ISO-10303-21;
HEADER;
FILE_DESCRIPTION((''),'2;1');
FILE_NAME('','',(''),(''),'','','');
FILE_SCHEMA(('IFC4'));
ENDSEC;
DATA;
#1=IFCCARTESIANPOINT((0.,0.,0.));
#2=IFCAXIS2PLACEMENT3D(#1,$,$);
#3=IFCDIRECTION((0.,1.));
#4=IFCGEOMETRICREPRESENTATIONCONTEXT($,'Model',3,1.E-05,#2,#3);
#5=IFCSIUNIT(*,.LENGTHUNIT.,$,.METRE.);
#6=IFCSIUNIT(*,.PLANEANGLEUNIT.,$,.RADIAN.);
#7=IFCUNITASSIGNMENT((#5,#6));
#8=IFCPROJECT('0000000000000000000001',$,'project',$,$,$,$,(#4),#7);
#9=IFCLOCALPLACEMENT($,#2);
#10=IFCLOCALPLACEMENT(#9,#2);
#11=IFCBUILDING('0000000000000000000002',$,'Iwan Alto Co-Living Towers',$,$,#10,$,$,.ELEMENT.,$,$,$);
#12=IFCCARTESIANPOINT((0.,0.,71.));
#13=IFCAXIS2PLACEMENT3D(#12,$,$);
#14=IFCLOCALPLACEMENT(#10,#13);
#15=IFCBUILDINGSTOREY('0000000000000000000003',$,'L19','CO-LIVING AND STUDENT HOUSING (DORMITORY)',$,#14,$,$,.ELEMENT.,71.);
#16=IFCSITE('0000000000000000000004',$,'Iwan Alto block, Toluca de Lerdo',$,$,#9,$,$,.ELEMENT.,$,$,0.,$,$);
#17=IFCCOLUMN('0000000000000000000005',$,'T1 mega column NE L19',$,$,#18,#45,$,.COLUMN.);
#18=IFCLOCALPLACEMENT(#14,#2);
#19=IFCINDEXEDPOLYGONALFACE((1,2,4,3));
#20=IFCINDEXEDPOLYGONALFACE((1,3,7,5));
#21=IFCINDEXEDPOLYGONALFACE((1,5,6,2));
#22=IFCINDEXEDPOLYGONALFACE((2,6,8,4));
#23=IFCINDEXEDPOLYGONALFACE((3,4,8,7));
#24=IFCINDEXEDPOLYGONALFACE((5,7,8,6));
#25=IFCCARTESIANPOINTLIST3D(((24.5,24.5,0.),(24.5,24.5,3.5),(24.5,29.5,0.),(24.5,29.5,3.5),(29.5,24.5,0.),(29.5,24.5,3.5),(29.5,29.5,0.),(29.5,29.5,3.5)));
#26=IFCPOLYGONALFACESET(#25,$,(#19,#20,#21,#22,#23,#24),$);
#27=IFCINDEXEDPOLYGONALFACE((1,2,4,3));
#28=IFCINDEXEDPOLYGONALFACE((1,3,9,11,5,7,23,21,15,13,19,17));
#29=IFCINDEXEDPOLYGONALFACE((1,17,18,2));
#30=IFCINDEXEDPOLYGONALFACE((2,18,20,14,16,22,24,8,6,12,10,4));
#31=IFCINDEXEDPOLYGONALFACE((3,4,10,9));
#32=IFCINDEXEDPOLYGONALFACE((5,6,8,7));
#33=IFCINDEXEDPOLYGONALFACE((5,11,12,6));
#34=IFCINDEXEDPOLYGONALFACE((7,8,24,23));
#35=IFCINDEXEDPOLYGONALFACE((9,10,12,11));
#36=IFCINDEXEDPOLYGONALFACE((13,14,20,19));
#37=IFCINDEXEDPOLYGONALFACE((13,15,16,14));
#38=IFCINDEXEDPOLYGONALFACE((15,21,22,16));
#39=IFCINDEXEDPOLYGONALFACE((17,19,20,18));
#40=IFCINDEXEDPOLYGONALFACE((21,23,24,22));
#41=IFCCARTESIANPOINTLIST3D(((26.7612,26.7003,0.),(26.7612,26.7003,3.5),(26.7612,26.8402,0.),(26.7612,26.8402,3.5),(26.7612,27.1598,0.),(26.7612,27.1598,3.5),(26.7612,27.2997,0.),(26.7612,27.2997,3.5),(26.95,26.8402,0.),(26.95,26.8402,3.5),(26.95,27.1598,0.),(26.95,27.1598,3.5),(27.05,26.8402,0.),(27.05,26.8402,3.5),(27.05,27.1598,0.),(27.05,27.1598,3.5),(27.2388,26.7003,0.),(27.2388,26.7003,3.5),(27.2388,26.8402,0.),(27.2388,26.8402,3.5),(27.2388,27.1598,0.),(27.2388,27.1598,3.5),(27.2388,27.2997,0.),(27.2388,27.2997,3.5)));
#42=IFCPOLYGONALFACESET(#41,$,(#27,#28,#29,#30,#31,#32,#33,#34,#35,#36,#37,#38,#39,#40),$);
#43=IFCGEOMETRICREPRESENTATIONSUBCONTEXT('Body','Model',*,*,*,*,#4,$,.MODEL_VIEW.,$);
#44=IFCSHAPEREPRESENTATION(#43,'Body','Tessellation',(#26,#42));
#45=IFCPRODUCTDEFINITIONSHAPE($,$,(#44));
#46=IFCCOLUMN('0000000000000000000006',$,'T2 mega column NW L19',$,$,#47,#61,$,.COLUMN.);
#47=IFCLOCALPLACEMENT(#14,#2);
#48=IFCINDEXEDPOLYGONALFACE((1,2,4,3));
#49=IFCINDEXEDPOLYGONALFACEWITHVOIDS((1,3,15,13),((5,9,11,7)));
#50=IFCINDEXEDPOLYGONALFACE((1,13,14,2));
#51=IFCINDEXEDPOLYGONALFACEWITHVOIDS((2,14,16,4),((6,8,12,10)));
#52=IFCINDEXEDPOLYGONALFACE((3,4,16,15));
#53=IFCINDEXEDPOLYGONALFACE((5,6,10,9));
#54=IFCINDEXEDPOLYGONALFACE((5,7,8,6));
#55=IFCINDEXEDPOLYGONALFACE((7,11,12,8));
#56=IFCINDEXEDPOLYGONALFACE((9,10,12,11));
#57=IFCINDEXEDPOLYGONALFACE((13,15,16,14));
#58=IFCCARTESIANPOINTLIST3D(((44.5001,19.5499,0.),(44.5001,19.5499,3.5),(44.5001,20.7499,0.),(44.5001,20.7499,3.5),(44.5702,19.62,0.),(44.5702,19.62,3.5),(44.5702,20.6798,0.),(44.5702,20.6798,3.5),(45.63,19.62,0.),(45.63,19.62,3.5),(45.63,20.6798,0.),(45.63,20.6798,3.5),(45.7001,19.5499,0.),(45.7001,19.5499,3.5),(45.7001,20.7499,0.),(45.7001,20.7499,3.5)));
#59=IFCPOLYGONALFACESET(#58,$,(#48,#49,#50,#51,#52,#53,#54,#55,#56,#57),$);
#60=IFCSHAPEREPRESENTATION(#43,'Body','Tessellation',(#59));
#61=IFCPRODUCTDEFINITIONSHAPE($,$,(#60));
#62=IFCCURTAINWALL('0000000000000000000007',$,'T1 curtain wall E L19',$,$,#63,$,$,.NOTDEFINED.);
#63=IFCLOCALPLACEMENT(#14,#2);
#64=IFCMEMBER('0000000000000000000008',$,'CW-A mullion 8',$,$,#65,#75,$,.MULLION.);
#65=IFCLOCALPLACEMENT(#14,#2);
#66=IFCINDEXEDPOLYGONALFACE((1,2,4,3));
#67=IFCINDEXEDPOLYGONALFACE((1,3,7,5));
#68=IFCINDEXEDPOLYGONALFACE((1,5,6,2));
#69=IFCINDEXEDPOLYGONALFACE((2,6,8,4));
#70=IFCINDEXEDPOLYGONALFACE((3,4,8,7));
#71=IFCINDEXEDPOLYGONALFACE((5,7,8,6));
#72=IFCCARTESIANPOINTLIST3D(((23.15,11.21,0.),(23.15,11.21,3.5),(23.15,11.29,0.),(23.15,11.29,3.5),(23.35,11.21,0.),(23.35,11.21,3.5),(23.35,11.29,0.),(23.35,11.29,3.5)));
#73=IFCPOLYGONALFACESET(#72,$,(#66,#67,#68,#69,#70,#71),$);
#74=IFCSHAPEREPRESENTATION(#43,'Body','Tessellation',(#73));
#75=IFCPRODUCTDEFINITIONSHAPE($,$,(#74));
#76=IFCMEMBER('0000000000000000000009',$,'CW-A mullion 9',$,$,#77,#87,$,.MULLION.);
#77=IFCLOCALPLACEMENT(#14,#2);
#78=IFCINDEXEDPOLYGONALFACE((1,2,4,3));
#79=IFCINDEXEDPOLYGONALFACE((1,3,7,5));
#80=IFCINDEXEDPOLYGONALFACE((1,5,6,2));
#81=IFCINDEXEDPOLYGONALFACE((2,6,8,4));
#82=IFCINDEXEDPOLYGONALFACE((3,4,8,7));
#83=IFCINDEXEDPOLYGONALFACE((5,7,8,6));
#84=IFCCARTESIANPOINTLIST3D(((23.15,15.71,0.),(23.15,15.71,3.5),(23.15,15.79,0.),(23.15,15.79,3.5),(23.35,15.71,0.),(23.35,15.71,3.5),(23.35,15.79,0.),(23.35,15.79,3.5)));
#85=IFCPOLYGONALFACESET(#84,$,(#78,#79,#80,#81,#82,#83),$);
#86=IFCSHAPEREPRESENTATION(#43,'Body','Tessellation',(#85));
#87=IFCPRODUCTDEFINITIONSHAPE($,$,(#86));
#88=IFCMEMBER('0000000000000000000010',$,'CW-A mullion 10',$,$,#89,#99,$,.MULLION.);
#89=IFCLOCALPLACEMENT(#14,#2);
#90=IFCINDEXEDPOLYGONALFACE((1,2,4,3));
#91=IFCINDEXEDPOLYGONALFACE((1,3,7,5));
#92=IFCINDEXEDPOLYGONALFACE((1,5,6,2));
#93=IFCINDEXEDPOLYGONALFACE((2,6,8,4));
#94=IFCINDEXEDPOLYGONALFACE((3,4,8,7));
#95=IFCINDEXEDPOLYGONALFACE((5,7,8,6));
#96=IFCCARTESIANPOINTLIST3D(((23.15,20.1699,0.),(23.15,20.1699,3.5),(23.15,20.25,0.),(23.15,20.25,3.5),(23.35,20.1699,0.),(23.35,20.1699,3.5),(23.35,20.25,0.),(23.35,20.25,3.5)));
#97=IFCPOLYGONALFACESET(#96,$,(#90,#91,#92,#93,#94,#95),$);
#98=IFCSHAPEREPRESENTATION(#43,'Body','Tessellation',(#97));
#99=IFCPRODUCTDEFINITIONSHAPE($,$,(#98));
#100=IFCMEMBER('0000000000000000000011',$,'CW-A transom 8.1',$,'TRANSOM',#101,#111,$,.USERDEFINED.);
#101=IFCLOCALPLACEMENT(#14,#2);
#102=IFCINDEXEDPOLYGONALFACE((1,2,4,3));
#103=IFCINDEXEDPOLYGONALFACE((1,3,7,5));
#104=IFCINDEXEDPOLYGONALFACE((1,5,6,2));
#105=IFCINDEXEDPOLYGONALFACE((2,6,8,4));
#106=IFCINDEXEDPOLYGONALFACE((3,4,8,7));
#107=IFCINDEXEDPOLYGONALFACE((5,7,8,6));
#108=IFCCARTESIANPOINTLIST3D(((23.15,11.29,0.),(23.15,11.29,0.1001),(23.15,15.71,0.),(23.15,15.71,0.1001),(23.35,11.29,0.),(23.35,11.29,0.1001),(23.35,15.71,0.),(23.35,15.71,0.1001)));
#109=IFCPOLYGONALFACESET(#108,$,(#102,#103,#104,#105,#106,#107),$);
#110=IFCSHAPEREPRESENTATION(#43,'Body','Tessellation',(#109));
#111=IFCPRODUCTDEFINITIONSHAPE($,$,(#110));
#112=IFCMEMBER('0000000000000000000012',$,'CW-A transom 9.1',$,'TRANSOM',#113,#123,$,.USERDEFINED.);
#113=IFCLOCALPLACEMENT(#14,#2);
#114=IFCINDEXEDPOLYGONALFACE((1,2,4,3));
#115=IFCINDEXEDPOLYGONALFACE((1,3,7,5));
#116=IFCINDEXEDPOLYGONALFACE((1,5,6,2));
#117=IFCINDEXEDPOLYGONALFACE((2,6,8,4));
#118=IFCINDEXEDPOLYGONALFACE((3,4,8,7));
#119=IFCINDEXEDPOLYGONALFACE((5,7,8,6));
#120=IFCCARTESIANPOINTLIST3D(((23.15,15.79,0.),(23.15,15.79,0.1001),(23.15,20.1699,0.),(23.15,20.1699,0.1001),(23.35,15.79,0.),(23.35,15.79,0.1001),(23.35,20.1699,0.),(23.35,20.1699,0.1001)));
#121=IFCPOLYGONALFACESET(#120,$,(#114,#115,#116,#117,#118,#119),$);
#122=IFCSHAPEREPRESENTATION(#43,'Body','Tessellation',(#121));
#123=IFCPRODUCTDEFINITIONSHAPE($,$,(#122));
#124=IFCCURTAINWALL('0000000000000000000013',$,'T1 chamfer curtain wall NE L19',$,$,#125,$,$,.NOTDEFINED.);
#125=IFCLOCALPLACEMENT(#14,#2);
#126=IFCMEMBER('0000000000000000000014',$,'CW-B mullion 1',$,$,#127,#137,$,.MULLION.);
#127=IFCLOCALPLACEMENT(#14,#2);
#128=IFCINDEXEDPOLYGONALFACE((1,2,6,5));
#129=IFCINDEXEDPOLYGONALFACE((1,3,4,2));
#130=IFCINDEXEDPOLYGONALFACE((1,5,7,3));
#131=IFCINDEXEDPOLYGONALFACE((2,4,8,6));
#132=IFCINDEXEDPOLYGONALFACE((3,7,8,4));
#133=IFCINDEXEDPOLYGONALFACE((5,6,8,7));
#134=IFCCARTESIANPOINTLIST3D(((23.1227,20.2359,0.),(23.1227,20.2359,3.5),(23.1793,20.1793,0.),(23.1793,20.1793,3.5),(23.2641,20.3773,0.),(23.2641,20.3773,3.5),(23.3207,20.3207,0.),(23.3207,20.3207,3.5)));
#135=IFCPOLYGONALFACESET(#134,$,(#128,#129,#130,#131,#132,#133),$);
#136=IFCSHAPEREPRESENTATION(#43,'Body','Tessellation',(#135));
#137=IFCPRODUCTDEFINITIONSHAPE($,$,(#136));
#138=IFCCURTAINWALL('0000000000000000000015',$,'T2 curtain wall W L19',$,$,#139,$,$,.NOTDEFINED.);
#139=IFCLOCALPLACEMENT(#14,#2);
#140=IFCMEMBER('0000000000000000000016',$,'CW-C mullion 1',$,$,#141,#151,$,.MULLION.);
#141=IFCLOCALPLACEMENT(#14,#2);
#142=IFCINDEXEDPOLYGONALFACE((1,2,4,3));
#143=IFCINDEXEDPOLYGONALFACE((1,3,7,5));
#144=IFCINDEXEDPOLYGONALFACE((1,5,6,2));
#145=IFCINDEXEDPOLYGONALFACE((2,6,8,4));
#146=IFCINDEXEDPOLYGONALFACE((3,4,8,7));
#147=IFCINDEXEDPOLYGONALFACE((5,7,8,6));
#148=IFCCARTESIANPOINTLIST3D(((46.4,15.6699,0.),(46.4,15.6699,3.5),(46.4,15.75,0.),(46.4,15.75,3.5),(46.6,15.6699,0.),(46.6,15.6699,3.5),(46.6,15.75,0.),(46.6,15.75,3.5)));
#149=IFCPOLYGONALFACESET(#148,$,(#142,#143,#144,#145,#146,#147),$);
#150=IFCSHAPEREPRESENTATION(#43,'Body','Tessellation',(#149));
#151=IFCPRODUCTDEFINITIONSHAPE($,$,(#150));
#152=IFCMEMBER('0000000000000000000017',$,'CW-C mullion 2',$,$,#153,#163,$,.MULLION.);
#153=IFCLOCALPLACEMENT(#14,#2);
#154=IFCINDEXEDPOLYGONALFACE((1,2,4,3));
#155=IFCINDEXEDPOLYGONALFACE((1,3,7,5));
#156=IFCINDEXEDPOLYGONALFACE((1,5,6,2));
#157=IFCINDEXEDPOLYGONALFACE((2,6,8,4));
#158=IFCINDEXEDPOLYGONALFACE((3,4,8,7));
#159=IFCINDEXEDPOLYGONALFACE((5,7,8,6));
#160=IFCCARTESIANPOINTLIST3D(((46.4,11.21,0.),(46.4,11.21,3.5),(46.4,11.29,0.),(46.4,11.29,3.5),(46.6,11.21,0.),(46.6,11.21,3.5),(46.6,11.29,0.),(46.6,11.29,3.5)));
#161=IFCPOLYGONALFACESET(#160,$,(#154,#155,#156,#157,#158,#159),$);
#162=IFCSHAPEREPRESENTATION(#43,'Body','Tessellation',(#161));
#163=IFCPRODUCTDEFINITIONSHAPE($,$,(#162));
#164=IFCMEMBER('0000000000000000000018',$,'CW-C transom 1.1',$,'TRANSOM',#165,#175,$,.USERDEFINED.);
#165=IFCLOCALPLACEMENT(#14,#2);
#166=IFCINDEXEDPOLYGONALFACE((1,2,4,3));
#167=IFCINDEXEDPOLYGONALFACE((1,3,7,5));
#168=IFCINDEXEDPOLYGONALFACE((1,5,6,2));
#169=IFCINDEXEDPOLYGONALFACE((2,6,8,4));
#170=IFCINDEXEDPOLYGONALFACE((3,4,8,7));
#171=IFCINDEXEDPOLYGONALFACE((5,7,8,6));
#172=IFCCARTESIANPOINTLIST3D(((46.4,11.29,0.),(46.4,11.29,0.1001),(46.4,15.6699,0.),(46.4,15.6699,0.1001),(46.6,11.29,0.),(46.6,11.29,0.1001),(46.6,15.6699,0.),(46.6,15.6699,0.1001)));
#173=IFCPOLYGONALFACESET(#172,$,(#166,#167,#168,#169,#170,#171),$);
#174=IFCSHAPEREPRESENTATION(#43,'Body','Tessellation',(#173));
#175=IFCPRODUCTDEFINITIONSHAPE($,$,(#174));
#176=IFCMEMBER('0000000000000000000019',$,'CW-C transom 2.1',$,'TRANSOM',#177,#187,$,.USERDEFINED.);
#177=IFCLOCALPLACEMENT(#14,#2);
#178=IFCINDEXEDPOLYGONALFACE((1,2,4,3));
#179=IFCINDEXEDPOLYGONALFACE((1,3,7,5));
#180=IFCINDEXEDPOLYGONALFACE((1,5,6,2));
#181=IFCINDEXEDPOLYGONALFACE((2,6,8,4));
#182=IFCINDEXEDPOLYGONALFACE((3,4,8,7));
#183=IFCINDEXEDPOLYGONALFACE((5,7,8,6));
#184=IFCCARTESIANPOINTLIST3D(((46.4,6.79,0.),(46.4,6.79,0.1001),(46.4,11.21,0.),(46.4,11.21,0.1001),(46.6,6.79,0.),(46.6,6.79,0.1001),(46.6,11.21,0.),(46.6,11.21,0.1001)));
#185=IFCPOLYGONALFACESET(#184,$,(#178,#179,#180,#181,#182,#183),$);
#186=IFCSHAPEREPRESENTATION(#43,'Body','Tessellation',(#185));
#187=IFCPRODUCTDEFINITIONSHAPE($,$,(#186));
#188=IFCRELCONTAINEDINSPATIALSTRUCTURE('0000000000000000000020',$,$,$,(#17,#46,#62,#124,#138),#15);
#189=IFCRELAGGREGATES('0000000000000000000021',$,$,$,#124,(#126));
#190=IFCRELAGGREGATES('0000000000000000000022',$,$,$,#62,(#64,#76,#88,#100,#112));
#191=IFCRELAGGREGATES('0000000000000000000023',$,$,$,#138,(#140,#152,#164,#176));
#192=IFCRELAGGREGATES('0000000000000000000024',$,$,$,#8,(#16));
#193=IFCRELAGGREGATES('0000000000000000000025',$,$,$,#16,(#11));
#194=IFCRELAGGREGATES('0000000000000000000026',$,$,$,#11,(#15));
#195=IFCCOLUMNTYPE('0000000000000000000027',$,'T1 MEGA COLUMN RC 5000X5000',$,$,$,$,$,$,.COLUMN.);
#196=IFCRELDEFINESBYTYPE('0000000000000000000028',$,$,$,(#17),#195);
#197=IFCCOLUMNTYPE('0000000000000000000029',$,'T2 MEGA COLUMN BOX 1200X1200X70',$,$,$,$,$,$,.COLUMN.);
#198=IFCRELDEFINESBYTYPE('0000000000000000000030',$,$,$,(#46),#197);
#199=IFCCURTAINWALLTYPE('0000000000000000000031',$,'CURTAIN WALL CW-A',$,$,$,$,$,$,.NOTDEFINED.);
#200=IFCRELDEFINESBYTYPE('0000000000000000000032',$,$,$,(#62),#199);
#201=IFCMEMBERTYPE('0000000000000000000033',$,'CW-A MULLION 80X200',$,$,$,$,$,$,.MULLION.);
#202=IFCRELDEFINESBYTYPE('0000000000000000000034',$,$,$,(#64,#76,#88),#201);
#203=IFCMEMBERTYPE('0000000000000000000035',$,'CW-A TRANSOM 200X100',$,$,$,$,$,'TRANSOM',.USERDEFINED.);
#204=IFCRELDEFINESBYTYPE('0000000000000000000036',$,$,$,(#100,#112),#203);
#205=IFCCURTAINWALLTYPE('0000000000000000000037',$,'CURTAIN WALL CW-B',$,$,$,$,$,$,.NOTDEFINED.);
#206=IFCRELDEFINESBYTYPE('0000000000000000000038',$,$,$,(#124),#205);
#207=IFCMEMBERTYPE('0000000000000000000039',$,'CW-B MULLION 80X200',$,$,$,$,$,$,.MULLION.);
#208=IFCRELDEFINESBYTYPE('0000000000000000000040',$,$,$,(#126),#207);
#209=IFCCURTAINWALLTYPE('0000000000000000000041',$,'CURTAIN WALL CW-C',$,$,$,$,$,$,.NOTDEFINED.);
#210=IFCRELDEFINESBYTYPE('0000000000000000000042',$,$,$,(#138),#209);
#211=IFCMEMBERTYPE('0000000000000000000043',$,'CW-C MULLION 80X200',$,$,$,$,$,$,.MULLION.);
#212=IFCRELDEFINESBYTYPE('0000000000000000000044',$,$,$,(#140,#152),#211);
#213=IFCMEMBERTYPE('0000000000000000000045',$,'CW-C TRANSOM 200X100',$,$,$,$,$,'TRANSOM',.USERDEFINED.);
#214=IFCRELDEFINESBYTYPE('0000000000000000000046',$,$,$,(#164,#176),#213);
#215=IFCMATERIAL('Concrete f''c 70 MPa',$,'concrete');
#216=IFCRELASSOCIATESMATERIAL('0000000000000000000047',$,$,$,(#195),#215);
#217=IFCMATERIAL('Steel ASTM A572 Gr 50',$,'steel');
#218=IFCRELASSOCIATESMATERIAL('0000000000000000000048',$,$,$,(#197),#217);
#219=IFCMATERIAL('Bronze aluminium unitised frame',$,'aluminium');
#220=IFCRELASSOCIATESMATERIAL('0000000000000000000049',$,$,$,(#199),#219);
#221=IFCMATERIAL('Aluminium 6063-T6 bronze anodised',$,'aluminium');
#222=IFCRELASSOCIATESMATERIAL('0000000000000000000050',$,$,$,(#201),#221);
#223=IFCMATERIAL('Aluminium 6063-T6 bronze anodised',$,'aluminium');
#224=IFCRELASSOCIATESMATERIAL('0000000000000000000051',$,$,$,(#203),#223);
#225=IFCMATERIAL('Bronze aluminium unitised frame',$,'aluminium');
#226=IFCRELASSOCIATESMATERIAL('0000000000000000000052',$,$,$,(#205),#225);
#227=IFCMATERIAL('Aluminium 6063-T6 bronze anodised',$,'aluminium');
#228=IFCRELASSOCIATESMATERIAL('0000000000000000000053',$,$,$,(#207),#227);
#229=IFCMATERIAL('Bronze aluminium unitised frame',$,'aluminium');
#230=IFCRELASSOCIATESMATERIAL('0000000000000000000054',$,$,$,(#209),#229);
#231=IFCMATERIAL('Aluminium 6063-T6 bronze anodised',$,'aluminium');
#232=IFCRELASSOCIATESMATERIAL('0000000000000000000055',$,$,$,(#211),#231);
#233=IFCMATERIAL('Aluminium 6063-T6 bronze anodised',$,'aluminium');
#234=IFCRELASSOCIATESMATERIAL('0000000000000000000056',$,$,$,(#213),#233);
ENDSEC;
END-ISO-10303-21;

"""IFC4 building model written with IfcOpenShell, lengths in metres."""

from ifc_helpers import new_model, si_unit, direction, frame, origin, origin_2d, place, context, subcontext, project, spatial, rectangle, hollow_rectangle, i_section, extrude, material, material_profile, profile_set, type_object, element, aggregate, save


model = new_model("IFC4")

# Units and contexts
model_context = context("Model", 3, precision=1e-05, world=origin(), true_north=direction((0.0, 1.0)))
body_context = subcontext(model_context, "Body", "Model", "MODEL_VIEW")
ifc_project = project(units=[si_unit("LENGTHUNIT", "METRE"), si_unit("PLANEANGLEUNIT", "RADIAN")], contexts=[model_context])

# Site, building, storey
site_placement = place(None, origin())
site = spatial("IfcSite", under=ifc_project, at=site_placement, Name="Iwan Alto block, Toluca de Lerdo", CompositionType="ELEMENT", RefElevation=0.0)
building_placement = place(site_placement, origin())
building = spatial("IfcBuilding", under=site, at=building_placement, Name="Iwan Alto Co-Living Towers", CompositionType="ELEMENT")
storey_placement = place(building_placement, frame((0.0, 0.0, 71.0)))
storey = spatial("IfcBuildingStorey", under=building, at=storey_placement, Name="L19", Description="CO-LIVING AND STUDENT HOUSING (DORMITORY)", CompositionType="ELEMENT", Elevation=71.0)

# Columns
ifc_material_1 = material(Name="Concrete f'c 70 MPa", Category="concrete")
ifc_material_profile_1 = material_profile(ifc_material_1, rectangle(XDim=5.0, YDim=5.0, at=origin_2d()), Name="RC 5000X5000")
ifc_profile_set_1 = profile_set([ifc_material_profile_1], Name="Concrete f'c 70 MPa")
column_type_1 = type_object("IfcColumnType", Name="T1 MEGA COLUMN RC 5000X5000", PredefinedType="COLUMN", material=ifc_profile_set_1)
column_1_placement = place(storey_placement, frame((27.0, 27.0, 0.0), z_axis=(0.0, 0.0, 1.0), x_axis=(1.0, 0.0, 0.0)))
element("IfcColumn", 1, at=column_1_placement, inside=storey, type_object=column_type_1, Name="T1 mega column NE L19", PredefinedType="COLUMN", context=body_context, shape_type="SweptSolid", body=[
    extrude(rectangle(XDim=5.0, YDim=5.0, at=origin_2d()), origin(), (0.0, 0.0, 1.0), 3.5),
    extrude(i_section(OverallWidth=0.4775, OverallDepth=0.5994, WebThickness=0.1001, FlangeThickness=0.1399, at=origin_2d()), origin(), (0.0, 0.0, 1.0), 3.5),
])
ifc_material_2 = material(Name="Steel ASTM A572 Gr 50", Category="steel")
ifc_material_profile_2 = material_profile(ifc_material_2, hollow_rectangle(XDim=1.2, YDim=1.2, WallThickness=0.0701, at=origin_2d()), Name="BOX 1200X1200X70")
ifc_profile_set_2 = profile_set([ifc_material_profile_2], Name="Steel ASTM A572 Gr 50")
column_type_2 = type_object("IfcColumnType", Name="T2 MEGA COLUMN BOX 1200X1200X70", PredefinedType="COLUMN", material=ifc_profile_set_2)
column_2_placement = place(storey_placement, frame((45.1001, 20.1499, 0.0), z_axis=(0.0, 0.0, 1.0), x_axis=(1.0, 0.0, 0.0)))
element("IfcColumn", 2, at=column_2_placement, inside=storey, type_object=column_type_2, Name="T2 mega column NW L19", PredefinedType="COLUMN", context=body_context, shape_type="SweptSolid", body=[
    extrude(hollow_rectangle(XDim=1.2, YDim=1.2, WallThickness=0.0701, at=origin_2d()), origin(), (0.0, 0.0, 1.0), 3.5),
])

# Curtain wall, members
ifc_material_3 = material(Name="Bronze aluminium unitised frame", Category="aluminium")
curtain_wall_type_1 = type_object("IfcCurtainWallType", Name="CURTAIN WALL CW-A", PredefinedType="NOTDEFINED", material=ifc_material_3)
curtain_wall_1_placement = place(storey_placement, origin())
curtain_wall_1 = element("IfcCurtainWall", 3, at=curtain_wall_1_placement, inside=storey, type_object=curtain_wall_type_1, Name="T1 curtain wall E L19", PredefinedType="NOTDEFINED")
ifc_material_4 = material(Name="Aluminium 6063-T6 bronze anodised", Category="aluminium")
ifc_material_profile_3 = material_profile(ifc_material_4, rectangle(XDim=0.2, YDim=0.0801, at=origin_2d()), Name="AL 80X200")
ifc_profile_set_3 = profile_set([ifc_material_profile_3], Name="Aluminium 6063-T6 bronze anodised")
member_type_1 = type_object("IfcMemberType", Name="CW-A MULLION 80X200", PredefinedType="MULLION", material=ifc_profile_set_3)
member_1_placement = place(storey_placement, frame((23.25, 11.25, 0.0), z_axis=(0.0, 0.0, 1.0), x_axis=(-1.0, 0.0, 0.0)))
member_1 = element("IfcMember", 4, at=member_1_placement, type_object=member_type_1, Name="CW-A mullion 8", PredefinedType="MULLION", context=body_context, shape_type="SweptSolid", body=[
    extrude(rectangle(XDim=0.2, YDim=0.0801, at=origin_2d()), origin(), (0.0, 0.0, 1.0), 3.5),
])
member_2_placement = place(storey_placement, frame((23.25, 15.75, 0.0), z_axis=(0.0, 0.0, 1.0), x_axis=(-1.0, 0.0, 0.0)))
member_2 = element("IfcMember", 5, at=member_2_placement, type_object=member_type_1, Name="CW-A mullion 9", PredefinedType="MULLION", context=body_context, shape_type="SweptSolid", body=[
    extrude(rectangle(XDim=0.2, YDim=0.0801, at=origin_2d()), origin(), (0.0, 0.0, 1.0), 3.5),
])
member_3_placement = place(storey_placement, frame((23.25, 20.21, 0.0), z_axis=(0.0, 0.0, 1.0), x_axis=(-1.0, 0.0, 0.0)))
member_3 = element("IfcMember", 6, at=member_3_placement, type_object=member_type_1, Name="CW-A mullion 10", PredefinedType="MULLION", context=body_context, shape_type="SweptSolid", body=[
    extrude(rectangle(XDim=0.2, YDim=0.0801, at=origin_2d()), origin(), (0.0, 0.0, 1.0), 3.5),
])
ifc_material_5 = material(Name="Aluminium 6063-T6 bronze anodised", Category="aluminium")
ifc_material_profile_4 = material_profile(ifc_material_5, rectangle(XDim=0.2, YDim=0.1001, at=origin_2d()), Name="AL 200X100")
ifc_profile_set_4 = profile_set([ifc_material_profile_4], Name="Aluminium 6063-T6 bronze anodised")
member_type_2 = type_object("IfcMemberType", Name="CW-A TRANSOM 200X100", ElementType="TRANSOM", PredefinedType="USERDEFINED", material=ifc_profile_set_4)
member_4_placement = place(storey_placement, frame((23.25, 11.29, 0.05), z_axis=(0.0, 1.0, 0.0), x_axis=(-1.0, 0.0, 0.0)))
member_4 = element("IfcMember", 7, at=member_4_placement, type_object=member_type_2, Name="CW-A transom 8.1", ObjectType="TRANSOM", PredefinedType="USERDEFINED", context=body_context, shape_type="SweptSolid", body=[
    extrude(rectangle(XDim=0.2, YDim=0.1001, at=origin_2d()), origin(), (0.0, 0.0, 1.0), 4.4199),
])
member_5_placement = place(storey_placement, frame((23.25, 15.79, 0.05), z_axis=(0.0, 1.0, 0.0), x_axis=(-1.0, 0.0, 0.0)))
member_5 = element("IfcMember", 8, at=member_5_placement, type_object=member_type_2, Name="CW-A transom 9.1", ObjectType="TRANSOM", PredefinedType="USERDEFINED", context=body_context, shape_type="SweptSolid", body=[
    extrude(rectangle(XDim=0.2, YDim=0.1001, at=origin_2d()), origin(), (0.0, 0.0, 1.0), 4.3799),
])

# Curtain wall, member
ifc_material_6 = material(Name="Bronze aluminium unitised frame", Category="aluminium")
curtain_wall_type_2 = type_object("IfcCurtainWallType", Name="CURTAIN WALL CW-B", PredefinedType="NOTDEFINED", material=ifc_material_6)
curtain_wall_2_placement = place(storey_placement, origin())
curtain_wall_2 = element("IfcCurtainWall", 9, at=curtain_wall_2_placement, inside=storey, type_object=curtain_wall_type_2, Name="T1 chamfer curtain wall NE L19", PredefinedType="NOTDEFINED")
ifc_material_7 = material(Name="Aluminium 6063-T6 bronze anodised", Category="aluminium")
ifc_material_profile_5 = material_profile(ifc_material_7, rectangle(XDim=0.2, YDim=0.0801, at=origin_2d()), Name="AL 80X200")
ifc_profile_set_5 = profile_set([ifc_material_profile_5], Name="Aluminium 6063-T6 bronze anodised")
member_type_3 = type_object("IfcMemberType", Name="CW-B MULLION 80X200", PredefinedType="MULLION", material=ifc_profile_set_5)
member_6_placement = place(storey_placement, frame((23.2217, 20.2783, 0.0), z_axis=(0.0, 0.0, 1.0), x_axis=(-0.707107, -0.707107, 0.0)))
member_6 = element("IfcMember", 10, at=member_6_placement, type_object=member_type_3, Name="CW-B mullion 1", PredefinedType="MULLION", context=body_context, shape_type="SweptSolid", body=[
    extrude(rectangle(XDim=0.2, YDim=0.0801, at=origin_2d()), origin(), (0.0, 0.0, 1.0), 3.5),
])
aggregate(curtain_wall_2, [member_6])

# Curtain wall, members
ifc_material_8 = material(Name="Bronze aluminium unitised frame", Category="aluminium")
curtain_wall_type_3 = type_object("IfcCurtainWallType", Name="CURTAIN WALL CW-C", PredefinedType="NOTDEFINED", material=ifc_material_8)
curtain_wall_3_placement = place(storey_placement, origin())
curtain_wall_3 = element("IfcCurtainWall", 11, at=curtain_wall_3_placement, inside=storey, type_object=curtain_wall_type_3, Name="T2 curtain wall W L19", PredefinedType="NOTDEFINED")
ifc_material_9 = material(Name="Aluminium 6063-T6 bronze anodised", Category="aluminium")
ifc_material_profile_6 = material_profile(ifc_material_9, rectangle(XDim=0.2, YDim=0.0801, at=origin_2d()), Name="AL 80X200")
ifc_profile_set_6 = profile_set([ifc_material_profile_6], Name="Aluminium 6063-T6 bronze anodised")
member_type_4 = type_object("IfcMemberType", Name="CW-C MULLION 80X200", PredefinedType="MULLION", material=ifc_profile_set_6)
member_7_placement = place(storey_placement, frame((46.5, 15.71, 0.0), z_axis=(0.0, 0.0, 1.0), x_axis=(1.0, 0.0, 0.0)))
member_7 = element("IfcMember", 12, at=member_7_placement, type_object=member_type_4, Name="CW-C mullion 1", PredefinedType="MULLION", context=body_context, shape_type="SweptSolid", body=[
    extrude(rectangle(XDim=0.2, YDim=0.0801, at=origin_2d()), origin(), (0.0, 0.0, 1.0), 3.5),
])
member_8_placement = place(storey_placement, frame((46.5, 11.25, 0.0), z_axis=(0.0, 0.0, 1.0), x_axis=(1.0, 0.0, 0.0)))
member_8 = element("IfcMember", 13, at=member_8_placement, type_object=member_type_4, Name="CW-C mullion 2", PredefinedType="MULLION", context=body_context, shape_type="SweptSolid", body=[
    extrude(rectangle(XDim=0.2, YDim=0.0801, at=origin_2d()), origin(), (0.0, 0.0, 1.0), 3.5),
])
ifc_material_10 = material(Name="Aluminium 6063-T6 bronze anodised", Category="aluminium")
ifc_material_profile_7 = material_profile(ifc_material_10, rectangle(XDim=0.2, YDim=0.1001, at=origin_2d()), Name="AL 200X100")
ifc_profile_set_7 = profile_set([ifc_material_profile_7], Name="Aluminium 6063-T6 bronze anodised")
member_type_5 = type_object("IfcMemberType", Name="CW-C TRANSOM 200X100", ElementType="TRANSOM", PredefinedType="USERDEFINED", material=ifc_profile_set_7)
member_9_placement = place(storey_placement, frame((46.5, 15.6699, 0.05), z_axis=(0.0, -1.0, 0.0), x_axis=(1.0, 0.0, 0.0)))
member_9 = element("IfcMember", 14, at=member_9_placement, type_object=member_type_5, Name="CW-C transom 1.1", ObjectType="TRANSOM", PredefinedType="USERDEFINED", context=body_context, shape_type="SweptSolid", body=[
    extrude(rectangle(XDim=0.2, YDim=0.1001, at=origin_2d()), origin(), (0.0, 0.0, 1.0), 4.3799),
])
member_10_placement = place(storey_placement, frame((46.5, 11.21, 0.05), z_axis=(0.0, -1.0, 0.0), x_axis=(1.0, 0.0, 0.0)))
member_10 = element("IfcMember", 15, at=member_10_placement, type_object=member_type_5, Name="CW-C transom 2.1", ObjectType="TRANSOM", PredefinedType="USERDEFINED", context=body_context, shape_type="SweptSolid", body=[
    extrude(rectangle(XDim=0.2, YDim=0.1001, at=origin_2d()), origin(), (0.0, 0.0, 1.0), 4.4199),
])

aggregate(curtain_wall_1, [member_1, member_2, member_3, member_4, member_5])
aggregate(curtain_wall_3, [member_7, member_8, member_9, member_10])

save(model, "model.ifc")
